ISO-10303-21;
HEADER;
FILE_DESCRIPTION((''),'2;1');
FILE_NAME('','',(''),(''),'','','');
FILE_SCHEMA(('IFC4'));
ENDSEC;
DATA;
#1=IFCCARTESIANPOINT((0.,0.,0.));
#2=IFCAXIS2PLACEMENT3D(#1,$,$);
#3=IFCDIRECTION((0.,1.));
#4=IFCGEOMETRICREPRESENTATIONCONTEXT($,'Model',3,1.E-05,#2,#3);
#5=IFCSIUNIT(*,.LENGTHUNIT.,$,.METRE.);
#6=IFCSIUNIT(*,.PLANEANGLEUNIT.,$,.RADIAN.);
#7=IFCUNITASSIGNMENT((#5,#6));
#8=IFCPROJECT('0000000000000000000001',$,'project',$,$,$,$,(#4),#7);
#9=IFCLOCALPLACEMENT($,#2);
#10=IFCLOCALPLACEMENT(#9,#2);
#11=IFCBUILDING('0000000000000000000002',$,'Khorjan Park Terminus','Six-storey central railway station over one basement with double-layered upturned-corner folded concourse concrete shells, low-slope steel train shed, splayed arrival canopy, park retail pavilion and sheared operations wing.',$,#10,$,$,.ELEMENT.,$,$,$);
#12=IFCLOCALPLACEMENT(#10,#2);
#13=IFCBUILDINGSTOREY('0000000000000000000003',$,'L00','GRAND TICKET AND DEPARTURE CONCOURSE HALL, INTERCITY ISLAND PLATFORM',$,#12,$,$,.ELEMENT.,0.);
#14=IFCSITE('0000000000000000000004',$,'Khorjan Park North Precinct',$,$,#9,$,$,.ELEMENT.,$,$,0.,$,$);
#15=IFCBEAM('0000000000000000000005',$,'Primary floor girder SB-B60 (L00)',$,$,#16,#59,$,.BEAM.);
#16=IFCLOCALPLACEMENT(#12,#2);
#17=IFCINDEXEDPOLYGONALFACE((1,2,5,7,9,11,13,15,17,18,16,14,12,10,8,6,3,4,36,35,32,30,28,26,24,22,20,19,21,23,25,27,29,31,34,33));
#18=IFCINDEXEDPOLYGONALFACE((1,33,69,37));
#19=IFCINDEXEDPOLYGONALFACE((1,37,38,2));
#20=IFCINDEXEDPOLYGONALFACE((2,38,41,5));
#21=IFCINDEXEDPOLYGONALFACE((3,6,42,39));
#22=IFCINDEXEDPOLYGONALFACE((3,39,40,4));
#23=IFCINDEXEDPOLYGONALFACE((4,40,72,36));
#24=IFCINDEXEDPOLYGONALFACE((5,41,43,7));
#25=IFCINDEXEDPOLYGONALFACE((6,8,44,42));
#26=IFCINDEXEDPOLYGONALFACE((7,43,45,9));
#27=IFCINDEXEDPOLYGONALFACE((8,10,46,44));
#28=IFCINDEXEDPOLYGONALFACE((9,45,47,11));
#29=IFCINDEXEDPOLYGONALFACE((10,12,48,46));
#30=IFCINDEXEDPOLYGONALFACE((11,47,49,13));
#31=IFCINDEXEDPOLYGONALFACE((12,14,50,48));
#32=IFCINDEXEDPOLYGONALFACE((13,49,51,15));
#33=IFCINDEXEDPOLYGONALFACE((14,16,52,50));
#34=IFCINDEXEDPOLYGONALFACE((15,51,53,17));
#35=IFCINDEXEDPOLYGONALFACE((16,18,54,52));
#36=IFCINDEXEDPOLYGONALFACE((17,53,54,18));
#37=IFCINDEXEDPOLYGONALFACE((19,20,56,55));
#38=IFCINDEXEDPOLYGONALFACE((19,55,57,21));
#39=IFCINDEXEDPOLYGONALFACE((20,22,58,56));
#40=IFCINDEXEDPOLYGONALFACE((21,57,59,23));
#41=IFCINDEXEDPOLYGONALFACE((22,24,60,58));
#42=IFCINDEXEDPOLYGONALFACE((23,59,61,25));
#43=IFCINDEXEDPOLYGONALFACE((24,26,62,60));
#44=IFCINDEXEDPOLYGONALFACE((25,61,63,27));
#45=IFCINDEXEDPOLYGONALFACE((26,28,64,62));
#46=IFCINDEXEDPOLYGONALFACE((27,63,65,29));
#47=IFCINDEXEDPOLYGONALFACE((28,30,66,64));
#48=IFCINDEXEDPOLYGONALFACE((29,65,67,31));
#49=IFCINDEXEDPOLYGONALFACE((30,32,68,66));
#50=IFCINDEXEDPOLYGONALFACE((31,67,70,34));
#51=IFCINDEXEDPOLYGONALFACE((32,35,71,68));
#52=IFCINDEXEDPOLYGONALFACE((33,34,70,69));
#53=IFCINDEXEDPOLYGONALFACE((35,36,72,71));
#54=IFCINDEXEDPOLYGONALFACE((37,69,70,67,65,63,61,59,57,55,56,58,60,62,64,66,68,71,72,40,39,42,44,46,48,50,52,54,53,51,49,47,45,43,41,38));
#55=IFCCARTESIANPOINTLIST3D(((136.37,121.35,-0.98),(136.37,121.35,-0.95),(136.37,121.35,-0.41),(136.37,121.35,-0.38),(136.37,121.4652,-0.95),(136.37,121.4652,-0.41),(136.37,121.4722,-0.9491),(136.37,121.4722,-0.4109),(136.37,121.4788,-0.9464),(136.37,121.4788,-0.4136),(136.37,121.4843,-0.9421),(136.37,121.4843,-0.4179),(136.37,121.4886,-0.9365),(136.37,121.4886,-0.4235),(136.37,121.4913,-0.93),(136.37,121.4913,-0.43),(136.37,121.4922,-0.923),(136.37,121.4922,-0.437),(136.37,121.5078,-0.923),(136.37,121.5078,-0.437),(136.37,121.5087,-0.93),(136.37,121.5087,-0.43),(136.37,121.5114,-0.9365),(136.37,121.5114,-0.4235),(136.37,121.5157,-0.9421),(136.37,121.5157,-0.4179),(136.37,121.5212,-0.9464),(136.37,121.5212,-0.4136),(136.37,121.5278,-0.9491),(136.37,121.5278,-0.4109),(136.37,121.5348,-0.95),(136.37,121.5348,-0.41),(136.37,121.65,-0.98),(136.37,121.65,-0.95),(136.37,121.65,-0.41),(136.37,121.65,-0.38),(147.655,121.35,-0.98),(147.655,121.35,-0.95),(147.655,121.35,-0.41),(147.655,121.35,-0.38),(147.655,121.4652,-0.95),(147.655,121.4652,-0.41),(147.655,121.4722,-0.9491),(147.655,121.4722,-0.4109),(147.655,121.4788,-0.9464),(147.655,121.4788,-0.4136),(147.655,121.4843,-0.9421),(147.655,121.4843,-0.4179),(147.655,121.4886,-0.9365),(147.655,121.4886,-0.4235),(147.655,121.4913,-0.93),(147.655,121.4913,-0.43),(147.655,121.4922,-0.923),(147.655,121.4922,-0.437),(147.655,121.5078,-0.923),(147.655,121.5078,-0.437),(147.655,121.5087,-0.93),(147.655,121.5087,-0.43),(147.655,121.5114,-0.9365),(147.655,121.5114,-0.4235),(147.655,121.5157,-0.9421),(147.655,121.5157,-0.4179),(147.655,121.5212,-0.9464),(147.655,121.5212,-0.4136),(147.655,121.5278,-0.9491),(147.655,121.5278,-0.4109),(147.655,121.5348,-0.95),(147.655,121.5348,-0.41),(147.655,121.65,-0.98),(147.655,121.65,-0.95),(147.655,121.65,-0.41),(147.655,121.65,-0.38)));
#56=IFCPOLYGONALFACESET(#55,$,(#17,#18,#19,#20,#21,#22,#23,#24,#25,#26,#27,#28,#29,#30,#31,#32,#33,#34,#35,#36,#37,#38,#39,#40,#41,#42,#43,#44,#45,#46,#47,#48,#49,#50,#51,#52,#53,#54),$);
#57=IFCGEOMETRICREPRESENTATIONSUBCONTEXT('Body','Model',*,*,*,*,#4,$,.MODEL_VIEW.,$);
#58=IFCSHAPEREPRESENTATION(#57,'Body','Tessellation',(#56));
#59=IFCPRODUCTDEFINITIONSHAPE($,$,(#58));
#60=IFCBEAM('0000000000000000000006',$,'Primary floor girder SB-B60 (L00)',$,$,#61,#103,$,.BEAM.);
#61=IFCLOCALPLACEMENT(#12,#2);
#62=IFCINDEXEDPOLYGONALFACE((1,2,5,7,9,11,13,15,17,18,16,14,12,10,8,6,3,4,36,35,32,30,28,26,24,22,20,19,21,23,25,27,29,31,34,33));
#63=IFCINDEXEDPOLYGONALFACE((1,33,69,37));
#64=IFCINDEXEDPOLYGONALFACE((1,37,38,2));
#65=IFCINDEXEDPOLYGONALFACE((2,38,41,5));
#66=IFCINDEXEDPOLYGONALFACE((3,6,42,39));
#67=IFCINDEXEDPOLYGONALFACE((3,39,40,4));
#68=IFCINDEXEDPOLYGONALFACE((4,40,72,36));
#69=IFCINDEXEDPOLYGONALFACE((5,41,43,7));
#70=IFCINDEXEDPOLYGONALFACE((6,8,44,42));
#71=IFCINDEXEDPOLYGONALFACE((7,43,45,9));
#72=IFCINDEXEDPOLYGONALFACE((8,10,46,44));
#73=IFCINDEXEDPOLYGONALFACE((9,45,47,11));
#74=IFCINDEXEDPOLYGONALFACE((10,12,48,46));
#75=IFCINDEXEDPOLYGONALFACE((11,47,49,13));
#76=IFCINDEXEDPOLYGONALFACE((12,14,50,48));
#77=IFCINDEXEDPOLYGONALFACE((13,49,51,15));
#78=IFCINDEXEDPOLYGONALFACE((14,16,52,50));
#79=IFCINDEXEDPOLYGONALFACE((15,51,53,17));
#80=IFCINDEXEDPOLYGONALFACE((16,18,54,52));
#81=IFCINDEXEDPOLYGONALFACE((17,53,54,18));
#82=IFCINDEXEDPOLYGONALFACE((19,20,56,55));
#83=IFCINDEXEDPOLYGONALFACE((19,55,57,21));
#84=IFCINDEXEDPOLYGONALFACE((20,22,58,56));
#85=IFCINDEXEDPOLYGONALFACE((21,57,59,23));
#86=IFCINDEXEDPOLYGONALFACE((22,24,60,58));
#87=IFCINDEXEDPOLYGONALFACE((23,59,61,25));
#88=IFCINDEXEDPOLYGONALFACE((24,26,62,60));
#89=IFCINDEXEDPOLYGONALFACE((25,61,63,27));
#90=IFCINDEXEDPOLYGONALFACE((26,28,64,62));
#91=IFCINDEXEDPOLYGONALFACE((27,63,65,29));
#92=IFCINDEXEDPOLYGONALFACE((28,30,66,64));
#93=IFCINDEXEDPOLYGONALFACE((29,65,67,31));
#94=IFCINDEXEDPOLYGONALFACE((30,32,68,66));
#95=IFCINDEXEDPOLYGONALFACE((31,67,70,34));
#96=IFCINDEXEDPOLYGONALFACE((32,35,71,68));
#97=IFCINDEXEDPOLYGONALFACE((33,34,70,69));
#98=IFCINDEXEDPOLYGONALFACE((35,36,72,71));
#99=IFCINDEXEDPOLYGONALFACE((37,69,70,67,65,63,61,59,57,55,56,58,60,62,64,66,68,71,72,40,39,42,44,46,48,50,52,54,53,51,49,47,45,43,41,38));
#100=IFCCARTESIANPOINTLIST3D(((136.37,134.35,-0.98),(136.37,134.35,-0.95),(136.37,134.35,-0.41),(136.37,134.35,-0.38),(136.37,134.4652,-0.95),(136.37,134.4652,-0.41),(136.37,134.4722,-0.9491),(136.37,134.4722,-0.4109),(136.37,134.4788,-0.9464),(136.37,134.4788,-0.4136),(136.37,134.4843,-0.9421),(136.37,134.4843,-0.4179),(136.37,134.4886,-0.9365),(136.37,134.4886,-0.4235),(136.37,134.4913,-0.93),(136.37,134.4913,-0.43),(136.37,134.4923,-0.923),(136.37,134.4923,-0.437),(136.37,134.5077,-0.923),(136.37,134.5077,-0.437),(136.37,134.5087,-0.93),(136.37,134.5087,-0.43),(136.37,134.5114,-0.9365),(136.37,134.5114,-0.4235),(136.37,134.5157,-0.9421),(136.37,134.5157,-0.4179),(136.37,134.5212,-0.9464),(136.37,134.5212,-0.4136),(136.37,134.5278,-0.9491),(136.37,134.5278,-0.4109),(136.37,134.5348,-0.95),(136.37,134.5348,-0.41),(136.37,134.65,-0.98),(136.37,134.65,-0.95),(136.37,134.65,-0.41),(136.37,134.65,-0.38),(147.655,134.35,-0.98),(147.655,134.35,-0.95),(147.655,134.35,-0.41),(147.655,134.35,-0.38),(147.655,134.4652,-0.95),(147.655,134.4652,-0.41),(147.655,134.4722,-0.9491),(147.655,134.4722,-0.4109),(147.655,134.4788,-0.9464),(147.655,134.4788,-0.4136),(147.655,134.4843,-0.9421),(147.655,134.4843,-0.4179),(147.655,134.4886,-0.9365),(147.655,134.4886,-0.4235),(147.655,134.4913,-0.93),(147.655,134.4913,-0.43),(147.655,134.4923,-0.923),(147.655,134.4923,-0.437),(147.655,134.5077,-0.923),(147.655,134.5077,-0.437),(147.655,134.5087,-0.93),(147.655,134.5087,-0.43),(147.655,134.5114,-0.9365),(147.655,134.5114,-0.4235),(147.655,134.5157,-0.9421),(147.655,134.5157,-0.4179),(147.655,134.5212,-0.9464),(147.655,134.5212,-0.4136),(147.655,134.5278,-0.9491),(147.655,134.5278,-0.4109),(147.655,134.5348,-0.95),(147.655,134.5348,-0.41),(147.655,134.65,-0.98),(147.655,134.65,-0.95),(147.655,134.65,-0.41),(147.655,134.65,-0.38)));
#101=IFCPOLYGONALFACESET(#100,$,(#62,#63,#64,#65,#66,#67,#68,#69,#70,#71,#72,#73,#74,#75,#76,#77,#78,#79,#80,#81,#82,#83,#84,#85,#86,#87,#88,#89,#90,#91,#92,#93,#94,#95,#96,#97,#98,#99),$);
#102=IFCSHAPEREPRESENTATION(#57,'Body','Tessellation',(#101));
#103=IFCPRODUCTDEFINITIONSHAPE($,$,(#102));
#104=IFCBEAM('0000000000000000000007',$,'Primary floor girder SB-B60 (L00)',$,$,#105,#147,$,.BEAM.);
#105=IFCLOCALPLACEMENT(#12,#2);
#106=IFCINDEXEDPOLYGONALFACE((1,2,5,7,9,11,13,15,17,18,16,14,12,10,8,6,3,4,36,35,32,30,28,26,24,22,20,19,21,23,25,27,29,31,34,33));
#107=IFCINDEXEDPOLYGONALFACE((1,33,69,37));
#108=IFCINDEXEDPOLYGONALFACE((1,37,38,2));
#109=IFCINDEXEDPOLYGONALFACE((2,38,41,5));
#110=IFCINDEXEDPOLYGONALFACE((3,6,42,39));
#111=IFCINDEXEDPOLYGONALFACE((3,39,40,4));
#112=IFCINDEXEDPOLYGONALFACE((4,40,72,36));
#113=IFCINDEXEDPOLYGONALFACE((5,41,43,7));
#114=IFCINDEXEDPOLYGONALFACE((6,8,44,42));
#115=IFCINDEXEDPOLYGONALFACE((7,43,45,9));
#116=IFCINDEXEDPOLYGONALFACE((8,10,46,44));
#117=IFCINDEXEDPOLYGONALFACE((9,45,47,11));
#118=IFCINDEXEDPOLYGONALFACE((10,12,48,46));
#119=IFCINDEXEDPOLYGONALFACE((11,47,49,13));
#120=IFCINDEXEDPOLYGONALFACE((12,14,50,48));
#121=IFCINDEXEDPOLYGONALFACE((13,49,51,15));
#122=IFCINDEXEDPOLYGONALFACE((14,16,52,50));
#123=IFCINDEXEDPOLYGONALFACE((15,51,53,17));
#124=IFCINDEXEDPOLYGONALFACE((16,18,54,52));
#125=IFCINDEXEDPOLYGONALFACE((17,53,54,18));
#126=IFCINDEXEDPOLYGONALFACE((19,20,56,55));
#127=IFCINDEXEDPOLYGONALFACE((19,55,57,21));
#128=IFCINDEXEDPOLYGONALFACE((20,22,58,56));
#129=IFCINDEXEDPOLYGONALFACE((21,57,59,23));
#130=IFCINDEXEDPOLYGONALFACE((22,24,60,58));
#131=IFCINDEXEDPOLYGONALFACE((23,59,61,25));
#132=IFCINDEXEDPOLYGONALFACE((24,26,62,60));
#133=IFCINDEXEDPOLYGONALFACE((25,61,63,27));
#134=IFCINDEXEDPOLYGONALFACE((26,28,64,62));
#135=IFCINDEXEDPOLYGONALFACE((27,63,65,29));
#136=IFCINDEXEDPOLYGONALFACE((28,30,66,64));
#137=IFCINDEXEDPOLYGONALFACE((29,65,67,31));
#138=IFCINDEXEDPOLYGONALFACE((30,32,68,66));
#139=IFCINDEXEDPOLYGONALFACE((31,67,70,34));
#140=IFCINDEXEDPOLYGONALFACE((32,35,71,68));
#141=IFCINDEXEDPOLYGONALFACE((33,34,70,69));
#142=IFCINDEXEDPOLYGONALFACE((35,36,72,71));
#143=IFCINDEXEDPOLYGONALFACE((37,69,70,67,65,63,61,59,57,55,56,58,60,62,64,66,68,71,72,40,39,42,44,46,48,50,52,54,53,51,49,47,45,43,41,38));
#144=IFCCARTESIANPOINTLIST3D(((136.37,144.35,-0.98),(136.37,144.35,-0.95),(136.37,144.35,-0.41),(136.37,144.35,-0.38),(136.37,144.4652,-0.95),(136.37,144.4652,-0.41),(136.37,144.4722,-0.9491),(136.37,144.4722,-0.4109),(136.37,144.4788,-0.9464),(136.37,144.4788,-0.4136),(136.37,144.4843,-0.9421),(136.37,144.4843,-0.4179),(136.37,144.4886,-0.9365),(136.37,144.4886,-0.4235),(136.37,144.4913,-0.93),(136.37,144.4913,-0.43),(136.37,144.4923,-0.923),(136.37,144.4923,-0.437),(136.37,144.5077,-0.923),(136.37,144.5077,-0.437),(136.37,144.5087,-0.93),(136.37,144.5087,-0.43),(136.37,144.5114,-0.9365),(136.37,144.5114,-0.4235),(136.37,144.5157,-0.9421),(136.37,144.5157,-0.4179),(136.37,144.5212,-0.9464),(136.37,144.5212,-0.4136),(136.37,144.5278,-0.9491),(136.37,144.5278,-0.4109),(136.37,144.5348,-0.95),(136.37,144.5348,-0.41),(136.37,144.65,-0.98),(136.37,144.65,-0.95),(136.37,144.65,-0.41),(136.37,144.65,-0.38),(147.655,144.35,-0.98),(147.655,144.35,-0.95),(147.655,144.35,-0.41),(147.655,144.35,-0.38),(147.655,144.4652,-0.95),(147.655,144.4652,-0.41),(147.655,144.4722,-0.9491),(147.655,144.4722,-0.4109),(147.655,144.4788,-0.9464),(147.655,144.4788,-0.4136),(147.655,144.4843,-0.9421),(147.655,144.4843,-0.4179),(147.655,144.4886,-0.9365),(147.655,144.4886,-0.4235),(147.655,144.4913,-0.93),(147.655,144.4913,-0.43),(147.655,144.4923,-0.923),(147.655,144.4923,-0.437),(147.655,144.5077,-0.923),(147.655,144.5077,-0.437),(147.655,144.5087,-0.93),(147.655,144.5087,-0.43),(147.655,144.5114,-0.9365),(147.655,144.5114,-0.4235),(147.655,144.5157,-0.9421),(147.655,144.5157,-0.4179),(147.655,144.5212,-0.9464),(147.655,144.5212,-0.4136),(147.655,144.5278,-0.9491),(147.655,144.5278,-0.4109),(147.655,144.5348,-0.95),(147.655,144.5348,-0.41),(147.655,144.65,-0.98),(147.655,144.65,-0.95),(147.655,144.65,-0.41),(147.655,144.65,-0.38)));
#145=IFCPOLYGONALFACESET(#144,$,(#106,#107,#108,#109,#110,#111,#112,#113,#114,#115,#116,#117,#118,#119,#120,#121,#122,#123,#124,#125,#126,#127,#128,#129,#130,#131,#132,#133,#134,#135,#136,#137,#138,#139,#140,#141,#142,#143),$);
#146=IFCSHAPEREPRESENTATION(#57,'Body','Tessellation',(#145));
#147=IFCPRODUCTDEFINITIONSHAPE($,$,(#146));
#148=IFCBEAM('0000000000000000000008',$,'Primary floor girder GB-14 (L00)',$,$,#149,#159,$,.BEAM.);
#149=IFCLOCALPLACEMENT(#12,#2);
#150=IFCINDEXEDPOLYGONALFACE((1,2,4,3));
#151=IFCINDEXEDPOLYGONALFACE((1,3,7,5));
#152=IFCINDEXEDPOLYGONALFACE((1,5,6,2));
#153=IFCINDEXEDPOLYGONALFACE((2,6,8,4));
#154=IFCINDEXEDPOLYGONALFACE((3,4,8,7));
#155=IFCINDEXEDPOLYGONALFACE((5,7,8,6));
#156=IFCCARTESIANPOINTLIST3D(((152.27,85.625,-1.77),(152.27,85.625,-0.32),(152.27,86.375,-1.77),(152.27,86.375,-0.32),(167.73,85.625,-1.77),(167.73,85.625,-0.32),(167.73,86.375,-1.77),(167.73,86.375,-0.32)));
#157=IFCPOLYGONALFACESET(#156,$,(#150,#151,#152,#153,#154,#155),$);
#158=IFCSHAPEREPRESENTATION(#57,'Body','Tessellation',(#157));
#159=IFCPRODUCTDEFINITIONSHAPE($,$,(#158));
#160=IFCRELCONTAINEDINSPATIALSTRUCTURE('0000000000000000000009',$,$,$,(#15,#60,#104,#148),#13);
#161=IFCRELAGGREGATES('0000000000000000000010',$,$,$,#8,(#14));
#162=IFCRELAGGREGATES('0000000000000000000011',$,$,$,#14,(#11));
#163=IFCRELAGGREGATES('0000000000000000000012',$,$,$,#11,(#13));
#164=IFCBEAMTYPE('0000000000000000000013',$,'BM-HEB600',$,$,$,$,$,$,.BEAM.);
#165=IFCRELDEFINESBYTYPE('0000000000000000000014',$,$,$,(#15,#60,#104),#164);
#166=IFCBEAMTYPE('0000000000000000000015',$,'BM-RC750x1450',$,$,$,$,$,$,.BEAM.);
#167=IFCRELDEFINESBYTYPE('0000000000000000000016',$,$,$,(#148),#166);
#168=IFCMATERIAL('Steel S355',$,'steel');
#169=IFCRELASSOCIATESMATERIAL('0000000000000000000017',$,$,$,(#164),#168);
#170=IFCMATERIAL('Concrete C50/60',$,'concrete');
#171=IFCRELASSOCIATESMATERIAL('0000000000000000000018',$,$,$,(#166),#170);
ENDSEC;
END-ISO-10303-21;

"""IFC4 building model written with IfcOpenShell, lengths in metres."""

from ifc_helpers import new_model, si_unit, direction, frame, origin, origin_2d, place, context, subcontext, project, spatial, rectangle, i_section, extrude, material, material_profile, profile_set, type_object, element, save


model = new_model("IFC4")

# Units and contexts
model_context = context("Model", 3, precision=1e-05, world=origin(), true_north=direction((0.0, 1.0)))
body_context = subcontext(model_context, "Body", "Model", "MODEL_VIEW")
ifc_project = project(units=[si_unit("LENGTHUNIT", "METRE"), si_unit("PLANEANGLEUNIT", "RADIAN")], contexts=[model_context])

# Site, building, storey
site_placement = place(None, origin())
site = spatial("IfcSite", under=ifc_project, at=site_placement, Name="Khorjan Park North Precinct", CompositionType="ELEMENT", RefElevation=0.0)
building_placement = place(site_placement, origin())
building = spatial("IfcBuilding", under=site, at=building_placement, Name="Khorjan Park Terminus", Description="Six-storey central railway station over one basement with double-layered upturned-corner folded concourse concrete shells, low-slope steel train shed, splayed arrival canopy, park retail pavilion and sheared operations wing.", CompositionType="ELEMENT")
storey_placement = place(building_placement, origin())
storey = spatial("IfcBuildingStorey", under=building, at=storey_placement, Name="L00", Description="GRAND TICKET AND DEPARTURE CONCOURSE HALL, INTERCITY ISLAND PLATFORM", CompositionType="ELEMENT", Elevation=0.0)

# Shared definitions
ifc_material_1 = material(Name="Steel S355", Category="steel")

# Beams
ifc_material_profile_1 = material_profile(ifc_material_1, i_section(OverallWidth=0.3, OverallDepth=0.6, WebThickness=0.0155, FlangeThickness=0.03, FilletRadius=0.027, at=origin_2d()), Name="HEB 600")
ifc_profile_set_1 = profile_set([ifc_material_profile_1], Name="Steel S355")
beam_type_1 = type_object("IfcBeamType", Name="BM-HEB600", PredefinedType="BEAM", material=ifc_profile_set_1)
for number, where, z_axis, x_axis, name in (
    (1, (136.37, 121.5, -0.68), (1.0, 0.0, 0.0), (0.0, 1.0, 0.0), "Primary floor girder SB-B60 (L00)"),
    (2, (136.37, 134.5, -0.68), (1.0, 0.0, 0.0), (0.0, 1.0, 0.0), "Primary floor girder SB-B60 (L00)"),
    (3, (136.37, 144.5, -0.68), (1.0, 0.0, 0.0), (0.0, 1.0, 0.0), "Primary floor girder SB-B60 (L00)"),
):
    element("IfcBeam", number, at=place(storey_placement, frame(where, z_axis=z_axis, x_axis=x_axis)), inside=storey, type_object=beam_type_1, Name=name, PredefinedType="BEAM", context=body_context, shape_type="SweptSolid", body=[
        extrude(i_section(OverallWidth=0.3, OverallDepth=0.6, WebThickness=0.0155, FlangeThickness=0.03, FilletRadius=0.027, at=origin_2d()), origin(), (0.0, 0.0, 1.0), 11.285),
    ])
ifc_material_2 = material(Name="Concrete C50/60", Category="concrete")
ifc_material_profile_2 = material_profile(ifc_material_2, rectangle(XDim=0.75, YDim=1.45, at=origin_2d()), Name="RC 750x1450")
ifc_profile_set_2 = profile_set([ifc_material_profile_2], Name="Concrete C50/60")
beam_type_2 = type_object("IfcBeamType", Name="BM-RC750x1450", PredefinedType="BEAM", material=ifc_profile_set_2)
beam_1_placement = place(storey_placement, frame((152.27, 86.0, -1.045), z_axis=(1.0, 0.0, 0.0), x_axis=(0.0, 1.0, 0.0)))
element("IfcBeam", 4, at=beam_1_placement, inside=storey, type_object=beam_type_2, Name="Primary floor girder GB-14 (L00)", PredefinedType="BEAM", context=body_context, shape_type="SweptSolid", body=[
    extrude(rectangle(XDim=0.75, YDim=1.45, at=origin_2d()), origin(), (0.0, 0.0, 1.0), 15.46),
])

save(model, "model.ifc")
